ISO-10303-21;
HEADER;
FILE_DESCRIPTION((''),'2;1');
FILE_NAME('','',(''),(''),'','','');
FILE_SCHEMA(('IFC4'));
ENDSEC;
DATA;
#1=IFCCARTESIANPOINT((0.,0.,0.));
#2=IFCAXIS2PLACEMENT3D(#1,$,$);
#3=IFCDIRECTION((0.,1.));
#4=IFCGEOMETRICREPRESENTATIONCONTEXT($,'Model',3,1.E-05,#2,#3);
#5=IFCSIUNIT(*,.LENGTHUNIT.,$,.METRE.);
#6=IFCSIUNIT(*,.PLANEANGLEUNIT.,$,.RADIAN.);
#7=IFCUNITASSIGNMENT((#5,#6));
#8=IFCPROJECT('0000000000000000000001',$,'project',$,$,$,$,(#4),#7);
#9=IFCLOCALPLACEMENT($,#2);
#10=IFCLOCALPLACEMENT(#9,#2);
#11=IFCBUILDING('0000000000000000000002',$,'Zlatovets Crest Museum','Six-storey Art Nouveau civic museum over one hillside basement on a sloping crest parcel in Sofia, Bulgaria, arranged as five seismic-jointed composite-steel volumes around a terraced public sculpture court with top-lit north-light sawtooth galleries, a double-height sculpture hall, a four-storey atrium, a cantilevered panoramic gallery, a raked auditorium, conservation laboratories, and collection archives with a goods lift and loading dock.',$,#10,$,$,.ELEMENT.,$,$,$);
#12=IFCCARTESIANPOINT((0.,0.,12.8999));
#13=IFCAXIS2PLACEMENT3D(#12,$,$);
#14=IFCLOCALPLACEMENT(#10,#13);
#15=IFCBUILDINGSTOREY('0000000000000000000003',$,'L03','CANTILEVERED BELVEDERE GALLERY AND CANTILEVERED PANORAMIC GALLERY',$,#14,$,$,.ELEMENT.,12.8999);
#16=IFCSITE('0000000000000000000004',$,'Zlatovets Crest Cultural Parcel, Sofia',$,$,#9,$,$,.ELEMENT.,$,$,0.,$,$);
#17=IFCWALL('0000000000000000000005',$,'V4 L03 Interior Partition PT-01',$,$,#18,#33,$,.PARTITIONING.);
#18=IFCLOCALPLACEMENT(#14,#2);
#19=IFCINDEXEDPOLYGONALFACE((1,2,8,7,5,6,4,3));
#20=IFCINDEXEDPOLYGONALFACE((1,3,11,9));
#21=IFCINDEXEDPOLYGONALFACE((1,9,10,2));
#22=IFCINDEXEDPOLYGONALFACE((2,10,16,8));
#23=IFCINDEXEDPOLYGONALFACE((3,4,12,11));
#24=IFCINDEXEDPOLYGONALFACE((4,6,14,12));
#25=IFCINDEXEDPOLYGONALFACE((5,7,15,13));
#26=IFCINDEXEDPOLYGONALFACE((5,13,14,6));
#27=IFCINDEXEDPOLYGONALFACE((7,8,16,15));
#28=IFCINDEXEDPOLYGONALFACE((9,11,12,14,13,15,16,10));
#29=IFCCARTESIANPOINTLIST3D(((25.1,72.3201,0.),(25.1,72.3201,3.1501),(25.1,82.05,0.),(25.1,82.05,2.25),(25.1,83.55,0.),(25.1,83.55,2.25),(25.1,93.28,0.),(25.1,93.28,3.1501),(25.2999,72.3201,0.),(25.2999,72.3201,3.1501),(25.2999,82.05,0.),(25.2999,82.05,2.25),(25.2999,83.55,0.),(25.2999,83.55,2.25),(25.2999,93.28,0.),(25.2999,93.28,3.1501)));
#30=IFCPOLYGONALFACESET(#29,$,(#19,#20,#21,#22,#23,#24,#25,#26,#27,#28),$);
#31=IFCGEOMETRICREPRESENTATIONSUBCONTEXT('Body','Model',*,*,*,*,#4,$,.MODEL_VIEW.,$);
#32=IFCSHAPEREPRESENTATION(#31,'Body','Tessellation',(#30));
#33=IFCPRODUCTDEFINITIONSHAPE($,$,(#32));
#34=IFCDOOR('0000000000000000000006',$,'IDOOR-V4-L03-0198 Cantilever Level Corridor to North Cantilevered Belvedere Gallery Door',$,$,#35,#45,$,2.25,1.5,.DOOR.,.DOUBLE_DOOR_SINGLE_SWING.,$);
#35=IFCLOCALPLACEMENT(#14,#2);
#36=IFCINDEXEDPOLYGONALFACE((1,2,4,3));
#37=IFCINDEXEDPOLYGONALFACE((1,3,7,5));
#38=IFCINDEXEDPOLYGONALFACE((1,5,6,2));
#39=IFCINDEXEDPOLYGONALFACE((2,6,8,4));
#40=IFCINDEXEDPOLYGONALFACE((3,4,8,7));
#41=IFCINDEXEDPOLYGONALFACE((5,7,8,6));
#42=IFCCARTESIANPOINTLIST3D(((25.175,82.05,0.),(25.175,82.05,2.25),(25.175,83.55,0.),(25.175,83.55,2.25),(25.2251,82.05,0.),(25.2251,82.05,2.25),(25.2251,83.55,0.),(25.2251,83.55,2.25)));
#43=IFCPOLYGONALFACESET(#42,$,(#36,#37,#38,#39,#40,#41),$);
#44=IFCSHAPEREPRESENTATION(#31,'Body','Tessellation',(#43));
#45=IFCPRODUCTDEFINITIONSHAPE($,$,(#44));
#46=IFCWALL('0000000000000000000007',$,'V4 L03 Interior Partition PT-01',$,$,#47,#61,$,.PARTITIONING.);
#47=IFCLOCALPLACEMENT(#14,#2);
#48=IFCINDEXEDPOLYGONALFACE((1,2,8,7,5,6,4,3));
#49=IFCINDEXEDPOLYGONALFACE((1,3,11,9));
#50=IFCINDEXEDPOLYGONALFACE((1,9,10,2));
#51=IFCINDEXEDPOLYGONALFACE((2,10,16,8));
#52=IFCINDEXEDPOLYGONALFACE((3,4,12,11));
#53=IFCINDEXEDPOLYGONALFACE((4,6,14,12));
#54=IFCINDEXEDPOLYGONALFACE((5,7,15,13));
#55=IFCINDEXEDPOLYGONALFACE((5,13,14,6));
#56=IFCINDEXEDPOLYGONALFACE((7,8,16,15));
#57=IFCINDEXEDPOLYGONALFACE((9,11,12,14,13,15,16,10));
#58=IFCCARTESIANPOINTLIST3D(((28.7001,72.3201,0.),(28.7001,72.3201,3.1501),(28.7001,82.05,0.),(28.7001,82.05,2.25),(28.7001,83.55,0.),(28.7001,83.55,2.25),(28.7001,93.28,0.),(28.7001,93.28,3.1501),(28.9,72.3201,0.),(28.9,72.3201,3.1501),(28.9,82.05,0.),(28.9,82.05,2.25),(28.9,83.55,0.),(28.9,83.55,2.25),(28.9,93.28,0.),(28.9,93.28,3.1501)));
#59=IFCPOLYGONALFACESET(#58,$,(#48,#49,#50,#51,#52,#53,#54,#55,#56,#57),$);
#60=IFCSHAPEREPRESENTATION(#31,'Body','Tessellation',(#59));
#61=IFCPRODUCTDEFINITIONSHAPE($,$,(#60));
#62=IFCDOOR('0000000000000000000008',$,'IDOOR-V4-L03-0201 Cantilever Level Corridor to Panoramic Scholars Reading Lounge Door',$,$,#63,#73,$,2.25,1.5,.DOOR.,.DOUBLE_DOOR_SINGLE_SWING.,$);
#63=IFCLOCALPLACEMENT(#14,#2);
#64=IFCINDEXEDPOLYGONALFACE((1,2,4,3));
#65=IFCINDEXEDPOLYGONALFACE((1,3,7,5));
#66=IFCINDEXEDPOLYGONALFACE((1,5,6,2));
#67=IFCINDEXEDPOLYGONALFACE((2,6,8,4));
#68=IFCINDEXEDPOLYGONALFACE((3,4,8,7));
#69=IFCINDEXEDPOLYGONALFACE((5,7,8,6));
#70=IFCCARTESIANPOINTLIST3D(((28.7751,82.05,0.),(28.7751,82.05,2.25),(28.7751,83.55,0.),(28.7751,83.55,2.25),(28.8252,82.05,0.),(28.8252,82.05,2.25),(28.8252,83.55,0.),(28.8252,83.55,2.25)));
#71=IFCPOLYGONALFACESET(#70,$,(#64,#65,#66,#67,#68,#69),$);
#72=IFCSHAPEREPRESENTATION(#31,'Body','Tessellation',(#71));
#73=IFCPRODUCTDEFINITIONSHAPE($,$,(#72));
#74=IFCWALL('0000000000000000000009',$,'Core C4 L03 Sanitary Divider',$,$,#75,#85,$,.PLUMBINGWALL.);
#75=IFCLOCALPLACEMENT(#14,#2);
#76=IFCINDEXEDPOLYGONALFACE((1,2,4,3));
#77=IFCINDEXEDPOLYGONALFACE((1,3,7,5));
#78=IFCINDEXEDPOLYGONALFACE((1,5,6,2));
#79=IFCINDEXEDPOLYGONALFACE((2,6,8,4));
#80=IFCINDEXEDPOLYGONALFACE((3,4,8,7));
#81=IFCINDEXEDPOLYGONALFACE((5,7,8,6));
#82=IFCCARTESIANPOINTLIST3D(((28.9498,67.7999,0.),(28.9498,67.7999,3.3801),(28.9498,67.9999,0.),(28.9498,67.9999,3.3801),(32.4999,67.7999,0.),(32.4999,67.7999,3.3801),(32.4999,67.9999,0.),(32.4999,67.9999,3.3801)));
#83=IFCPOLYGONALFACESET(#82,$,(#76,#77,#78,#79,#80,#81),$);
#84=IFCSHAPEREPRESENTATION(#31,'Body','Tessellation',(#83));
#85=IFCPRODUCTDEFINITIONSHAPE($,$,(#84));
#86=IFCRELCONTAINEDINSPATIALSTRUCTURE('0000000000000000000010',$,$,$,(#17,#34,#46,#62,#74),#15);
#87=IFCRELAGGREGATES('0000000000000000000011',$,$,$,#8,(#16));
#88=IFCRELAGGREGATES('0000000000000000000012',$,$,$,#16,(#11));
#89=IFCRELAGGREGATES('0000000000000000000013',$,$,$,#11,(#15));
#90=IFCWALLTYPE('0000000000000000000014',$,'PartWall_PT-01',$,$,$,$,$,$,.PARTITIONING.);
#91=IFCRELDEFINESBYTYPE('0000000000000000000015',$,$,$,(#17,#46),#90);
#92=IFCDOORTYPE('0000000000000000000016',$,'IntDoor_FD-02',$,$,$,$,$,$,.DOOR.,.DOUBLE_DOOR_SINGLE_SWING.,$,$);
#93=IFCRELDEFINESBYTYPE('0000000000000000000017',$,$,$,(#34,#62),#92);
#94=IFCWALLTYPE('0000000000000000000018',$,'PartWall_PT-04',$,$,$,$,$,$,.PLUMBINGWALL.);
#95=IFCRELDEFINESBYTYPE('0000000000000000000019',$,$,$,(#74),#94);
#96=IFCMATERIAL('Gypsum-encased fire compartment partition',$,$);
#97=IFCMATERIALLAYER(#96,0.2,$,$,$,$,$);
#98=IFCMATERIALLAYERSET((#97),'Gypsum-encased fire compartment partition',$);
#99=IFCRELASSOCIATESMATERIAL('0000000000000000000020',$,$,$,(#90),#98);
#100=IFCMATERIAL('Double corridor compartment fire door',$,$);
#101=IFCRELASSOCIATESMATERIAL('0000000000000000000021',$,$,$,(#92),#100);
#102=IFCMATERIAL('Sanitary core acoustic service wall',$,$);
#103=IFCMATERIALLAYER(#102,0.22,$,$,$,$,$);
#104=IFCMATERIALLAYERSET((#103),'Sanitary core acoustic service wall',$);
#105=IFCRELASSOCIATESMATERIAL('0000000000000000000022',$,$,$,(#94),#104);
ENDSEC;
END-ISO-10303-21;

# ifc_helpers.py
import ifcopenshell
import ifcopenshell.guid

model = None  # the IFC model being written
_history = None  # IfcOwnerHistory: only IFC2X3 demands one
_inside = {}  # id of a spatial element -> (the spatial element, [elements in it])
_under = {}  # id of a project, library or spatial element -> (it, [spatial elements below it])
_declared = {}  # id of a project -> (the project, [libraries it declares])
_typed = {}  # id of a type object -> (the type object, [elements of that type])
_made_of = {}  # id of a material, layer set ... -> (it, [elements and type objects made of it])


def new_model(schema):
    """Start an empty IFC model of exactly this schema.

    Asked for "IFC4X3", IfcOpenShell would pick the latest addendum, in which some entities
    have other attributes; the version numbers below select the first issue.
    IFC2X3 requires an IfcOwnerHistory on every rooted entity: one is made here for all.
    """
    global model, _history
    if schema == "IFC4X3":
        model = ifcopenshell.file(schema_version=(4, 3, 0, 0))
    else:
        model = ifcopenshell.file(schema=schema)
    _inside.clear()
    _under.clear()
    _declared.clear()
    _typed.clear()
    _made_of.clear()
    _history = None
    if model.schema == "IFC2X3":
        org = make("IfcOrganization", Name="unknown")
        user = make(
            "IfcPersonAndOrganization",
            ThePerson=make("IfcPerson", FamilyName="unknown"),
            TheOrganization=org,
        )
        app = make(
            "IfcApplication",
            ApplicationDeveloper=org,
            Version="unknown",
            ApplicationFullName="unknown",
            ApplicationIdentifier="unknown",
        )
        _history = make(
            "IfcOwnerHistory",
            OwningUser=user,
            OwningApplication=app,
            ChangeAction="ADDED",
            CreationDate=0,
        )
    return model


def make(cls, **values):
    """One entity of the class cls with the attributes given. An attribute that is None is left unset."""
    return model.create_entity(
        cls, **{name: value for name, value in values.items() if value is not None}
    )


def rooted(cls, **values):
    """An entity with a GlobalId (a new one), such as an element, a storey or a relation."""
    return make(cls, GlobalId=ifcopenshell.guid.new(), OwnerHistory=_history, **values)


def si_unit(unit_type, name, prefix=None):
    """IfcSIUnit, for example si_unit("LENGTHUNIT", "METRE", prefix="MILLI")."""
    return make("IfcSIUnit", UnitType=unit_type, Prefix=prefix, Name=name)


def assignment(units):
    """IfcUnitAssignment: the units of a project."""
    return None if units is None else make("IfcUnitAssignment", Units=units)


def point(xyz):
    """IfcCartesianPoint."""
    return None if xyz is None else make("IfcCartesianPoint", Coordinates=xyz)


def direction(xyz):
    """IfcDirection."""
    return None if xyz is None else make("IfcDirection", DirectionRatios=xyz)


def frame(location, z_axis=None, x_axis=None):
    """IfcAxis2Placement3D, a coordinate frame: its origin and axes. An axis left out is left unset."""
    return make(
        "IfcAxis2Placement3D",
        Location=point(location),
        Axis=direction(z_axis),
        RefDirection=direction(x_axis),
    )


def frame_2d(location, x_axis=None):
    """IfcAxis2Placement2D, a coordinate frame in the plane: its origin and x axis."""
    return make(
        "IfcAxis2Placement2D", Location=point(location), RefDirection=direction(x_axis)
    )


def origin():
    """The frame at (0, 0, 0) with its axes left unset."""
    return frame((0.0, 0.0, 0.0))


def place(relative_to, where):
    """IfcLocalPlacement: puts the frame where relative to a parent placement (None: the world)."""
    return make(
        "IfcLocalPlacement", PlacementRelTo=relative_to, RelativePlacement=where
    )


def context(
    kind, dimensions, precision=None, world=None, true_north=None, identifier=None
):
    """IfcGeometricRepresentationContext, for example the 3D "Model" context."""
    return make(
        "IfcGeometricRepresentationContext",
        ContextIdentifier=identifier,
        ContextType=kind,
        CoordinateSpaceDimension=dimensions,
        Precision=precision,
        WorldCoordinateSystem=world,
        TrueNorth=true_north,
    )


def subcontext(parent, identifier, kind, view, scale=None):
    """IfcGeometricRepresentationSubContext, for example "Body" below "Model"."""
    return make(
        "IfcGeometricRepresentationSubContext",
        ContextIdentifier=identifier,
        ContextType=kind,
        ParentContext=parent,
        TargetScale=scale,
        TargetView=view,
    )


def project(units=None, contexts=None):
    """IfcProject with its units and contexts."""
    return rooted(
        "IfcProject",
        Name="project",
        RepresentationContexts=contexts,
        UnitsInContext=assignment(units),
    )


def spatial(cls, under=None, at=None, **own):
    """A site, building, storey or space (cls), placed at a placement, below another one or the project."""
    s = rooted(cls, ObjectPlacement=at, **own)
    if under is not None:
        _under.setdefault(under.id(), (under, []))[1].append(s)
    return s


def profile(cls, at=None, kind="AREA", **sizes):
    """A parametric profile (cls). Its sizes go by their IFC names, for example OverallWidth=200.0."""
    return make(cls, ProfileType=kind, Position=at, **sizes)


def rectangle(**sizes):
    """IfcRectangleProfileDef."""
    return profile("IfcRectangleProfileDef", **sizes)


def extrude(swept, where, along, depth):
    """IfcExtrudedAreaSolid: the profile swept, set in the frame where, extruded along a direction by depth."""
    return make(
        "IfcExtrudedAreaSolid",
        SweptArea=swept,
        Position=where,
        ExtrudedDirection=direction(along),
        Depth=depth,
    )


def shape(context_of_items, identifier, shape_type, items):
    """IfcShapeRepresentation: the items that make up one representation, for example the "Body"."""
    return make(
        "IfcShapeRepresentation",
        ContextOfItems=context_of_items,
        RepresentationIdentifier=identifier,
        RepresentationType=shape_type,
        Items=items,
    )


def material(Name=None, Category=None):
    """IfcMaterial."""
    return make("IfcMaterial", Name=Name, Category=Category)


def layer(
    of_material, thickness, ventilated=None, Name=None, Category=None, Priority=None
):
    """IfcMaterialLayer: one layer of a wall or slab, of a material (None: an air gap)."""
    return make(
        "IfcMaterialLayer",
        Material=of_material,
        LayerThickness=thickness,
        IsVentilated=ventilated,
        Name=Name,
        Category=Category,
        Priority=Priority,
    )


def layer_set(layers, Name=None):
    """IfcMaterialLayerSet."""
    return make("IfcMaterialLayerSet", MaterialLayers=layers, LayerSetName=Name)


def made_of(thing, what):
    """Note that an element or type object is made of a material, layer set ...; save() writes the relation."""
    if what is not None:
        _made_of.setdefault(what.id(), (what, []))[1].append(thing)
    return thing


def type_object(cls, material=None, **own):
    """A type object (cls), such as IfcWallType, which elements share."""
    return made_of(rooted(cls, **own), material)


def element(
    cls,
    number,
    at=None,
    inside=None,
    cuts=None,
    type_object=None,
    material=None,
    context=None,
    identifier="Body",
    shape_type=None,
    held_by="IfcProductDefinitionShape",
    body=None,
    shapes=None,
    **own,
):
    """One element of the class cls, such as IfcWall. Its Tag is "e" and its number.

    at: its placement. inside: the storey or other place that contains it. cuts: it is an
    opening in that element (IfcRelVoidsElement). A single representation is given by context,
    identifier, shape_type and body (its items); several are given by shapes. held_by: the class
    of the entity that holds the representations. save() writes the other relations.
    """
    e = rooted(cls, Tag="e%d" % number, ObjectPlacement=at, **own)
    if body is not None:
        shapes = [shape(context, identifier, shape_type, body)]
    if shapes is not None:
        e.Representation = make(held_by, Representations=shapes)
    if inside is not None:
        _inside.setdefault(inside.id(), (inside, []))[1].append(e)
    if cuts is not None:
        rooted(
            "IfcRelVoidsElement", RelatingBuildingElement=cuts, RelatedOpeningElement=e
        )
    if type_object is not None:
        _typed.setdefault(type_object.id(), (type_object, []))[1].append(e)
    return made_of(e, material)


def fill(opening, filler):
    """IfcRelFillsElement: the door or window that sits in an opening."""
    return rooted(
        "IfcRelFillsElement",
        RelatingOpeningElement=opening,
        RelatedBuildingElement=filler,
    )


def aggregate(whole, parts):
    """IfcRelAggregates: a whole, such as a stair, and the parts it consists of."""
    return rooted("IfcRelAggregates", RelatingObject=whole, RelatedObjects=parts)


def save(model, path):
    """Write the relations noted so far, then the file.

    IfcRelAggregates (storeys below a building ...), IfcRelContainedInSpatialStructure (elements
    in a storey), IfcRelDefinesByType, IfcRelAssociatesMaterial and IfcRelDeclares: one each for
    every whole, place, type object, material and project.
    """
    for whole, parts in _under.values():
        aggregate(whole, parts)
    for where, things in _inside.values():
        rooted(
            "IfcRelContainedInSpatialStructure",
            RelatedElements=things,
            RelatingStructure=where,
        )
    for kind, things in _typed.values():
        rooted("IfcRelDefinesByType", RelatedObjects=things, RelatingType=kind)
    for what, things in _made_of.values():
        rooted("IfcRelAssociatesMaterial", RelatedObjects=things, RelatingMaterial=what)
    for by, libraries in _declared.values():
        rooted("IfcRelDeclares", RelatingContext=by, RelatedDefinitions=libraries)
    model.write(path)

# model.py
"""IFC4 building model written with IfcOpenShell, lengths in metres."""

from ifc_helpers import new_model, si_unit, direction, frame, frame_2d, origin, place, context, subcontext, project, spatial, rectangle, extrude, material, layer, layer_set, type_object, element, fill, save


model = new_model("IFC4")

# Units and contexts
model_context = context("Model", 3, precision=1e-05, world=origin(), true_north=direction((0.0, 1.0)))
body_context = subcontext(model_context, "Body", "Model", "MODEL_VIEW")
ifc_project = project(units=[si_unit("LENGTHUNIT", "METRE"), si_unit("PLANEANGLEUNIT", "RADIAN")], contexts=[model_context])

# Site, building, storey
site_placement = place(None, origin())
site = spatial("IfcSite", under=ifc_project, at=site_placement, Name="Zlatovets Crest Cultural Parcel, Sofia", CompositionType="ELEMENT", RefElevation=0.0)
building_placement = place(site_placement, origin())
building = spatial("IfcBuilding", under=site, at=building_placement, Name="Zlatovets Crest Museum", Description="Six-storey Art Nouveau civic museum over one hillside basement on a sloping crest parcel in Sofia, Bulgaria, arranged as five seismic-jointed composite-steel volumes around a terraced public sculpture court with top-lit north-light sawtooth galleries, a double-height sculpture hall, a four-storey atrium, a cantilevered panoramic gallery, a raked auditorium, conservation laboratories, and collection archives with a goods lift and loading dock.", CompositionType="ELEMENT")
storey_placement = place(building_placement, frame((0.0, 0.0, 12.8999)))
storey = spatial("IfcBuildingStorey", under=building, at=storey_placement, Name="L03", Description="CANTILEVERED BELVEDERE GALLERY AND CANTILEVERED PANORAMIC GALLERY", CompositionType="ELEMENT", Elevation=12.8999)

# Walls, openings, doors
ifc_material_1 = material(Name="Gypsum-encased fire compartment partition")
ifc_layer_1 = layer(ifc_material_1, 0.2)
ifc_layer_set_1 = layer_set([ifc_layer_1], Name="Gypsum-encased fire compartment partition")
wall_type_1 = type_object("IfcWallType", Name="PartWall_PT-01", PredefinedType="PARTITIONING", material=ifc_layer_set_1)
wall_1_placement = place(storey_placement, frame((25.2, 72.3201, 0.0), z_axis=(0.0, 0.0, 1.0), x_axis=(0.0, 1.0, 0.0)))
wall_1 = element("IfcWall", 1, at=wall_1_placement, inside=storey, type_object=wall_type_1, Name="V4 L03 Interior Partition PT-01", PredefinedType="PARTITIONING", context=body_context, shape_type="SweptSolid", body=[
    extrude(rectangle(XDim=20.96, YDim=0.2, at=frame_2d((10.48, 0.0))), origin(), (0.0, 0.0, 1.0), 3.1501),
])
opening_1_placement = place(wall_1_placement, frame((9.73, 0.0, 0.0)))
opening_1 = element("IfcOpeningElement", 2, at=opening_1_placement, cuts=wall_1, PredefinedType="OPENING", context=body_context, shape_type="SweptSolid", body=[
    extrude(rectangle(XDim=1.5, YDim=2.25, at=frame_2d((0.75, 1.125))), frame((0.0, 0.1099, 0.0), z_axis=(0.0, -1.0, 0.0), x_axis=(1.0, 0.0, 0.0)), (0.0, 0.0, 1.0), 0.22),
])
ifc_material_2 = material(Name="Double corridor compartment fire door")
door_type = type_object("IfcDoorType", Name="IntDoor_FD-02", OperationType="DOUBLE_DOOR_SINGLE_SWING", PredefinedType="DOOR", material=ifc_material_2)
door_1_placement = place(opening_1_placement, origin())
door_1 = element("IfcDoor", 3, at=door_1_placement, inside=storey, type_object=door_type, Name="IDOOR-V4-L03-0198 Cantilever Level Corridor to North Cantilevered Belvedere Gallery Door", OperationType="DOUBLE_DOOR_SINGLE_SWING", OverallHeight=2.25, OverallWidth=1.5, PredefinedType="DOOR", context=body_context, shape_type="SweptSolid", body=[
    extrude(rectangle(XDim=1.5, YDim=2.25, at=frame_2d((0.75, 1.125))), frame((0.0, 0.0249, 0.0), z_axis=(0.0, -1.0, 0.0), x_axis=(1.0, 0.0, 0.0)), (0.0, 0.0, 1.0), 0.05),
])
fill(opening_1, door_1)
wall_2_placement = place(storey_placement, frame((28.8, 72.3201, 0.0), z_axis=(0.0, 0.0, 1.0), x_axis=(0.0, 1.0, 0.0)))
wall_2 = element("IfcWall", 4, at=wall_2_placement, inside=storey, type_object=wall_type_1, Name="V4 L03 Interior Partition PT-01", PredefinedType="PARTITIONING", context=body_context, shape_type="SweptSolid", body=[
    extrude(rectangle(XDim=20.96, YDim=0.2, at=frame_2d((10.48, 0.0))), origin(), (0.0, 0.0, 1.0), 3.1501),
])
opening_2_placement = place(wall_2_placement, frame((9.73, 0.0, 0.0)))
opening_2 = element("IfcOpeningElement", 5, at=opening_2_placement, cuts=wall_2, PredefinedType="OPENING", context=body_context, shape_type="SweptSolid", body=[
    extrude(rectangle(XDim=1.5, YDim=2.25, at=frame_2d((0.75, 1.125))), frame((0.0, 0.1099, 0.0), z_axis=(0.0, -1.0, 0.0), x_axis=(1.0, 0.0, 0.0)), (0.0, 0.0, 1.0), 0.22),
])
door_2_placement = place(opening_2_placement, origin())
door_2 = element("IfcDoor", 6, at=door_2_placement, inside=storey, type_object=door_type, Name="IDOOR-V4-L03-0201 Cantilever Level Corridor to Panoramic Scholars Reading Lounge Door", OperationType="DOUBLE_DOOR_SINGLE_SWING", OverallHeight=2.25, OverallWidth=1.5, PredefinedType="DOOR", context=body_context, shape_type="SweptSolid", body=[
    extrude(rectangle(XDim=1.5, YDim=2.25, at=frame_2d((0.75, 1.125))), frame((0.0, 0.0249, 0.0), z_axis=(0.0, -1.0, 0.0), x_axis=(1.0, 0.0, 0.0)), (0.0, 0.0, 1.0), 0.05),
])
fill(opening_2, door_2)

# Wall
ifc_material_3 = material(Name="Sanitary core acoustic service wall")
ifc_layer_2 = layer(ifc_material_3, 0.22)
ifc_layer_set_2 = layer_set([ifc_layer_2], Name="Sanitary core acoustic service wall")
wall_type_2 = type_object("IfcWallType", Name="PartWall_PT-04", PredefinedType="PLUMBINGWALL", material=ifc_layer_set_2)
wall_3_placement = place(storey_placement, frame((28.95, 67.8999, 0.0), z_axis=(0.0, 0.0, 1.0), x_axis=(1.0, 0.0, 0.0)))
element("IfcWall", 7, at=wall_3_placement, inside=storey, type_object=wall_type_2, Name="Core C4 L03 Sanitary Divider", PredefinedType="PLUMBINGWALL", context=body_context, shape_type="SweptSolid", body=[
    extrude(rectangle(XDim=3.55, YDim=0.2, at=frame_2d((1.7749, 0.0))), origin(), (0.0, 0.0, 1.0), 3.3801),
])

save(model, "model.ifc")
